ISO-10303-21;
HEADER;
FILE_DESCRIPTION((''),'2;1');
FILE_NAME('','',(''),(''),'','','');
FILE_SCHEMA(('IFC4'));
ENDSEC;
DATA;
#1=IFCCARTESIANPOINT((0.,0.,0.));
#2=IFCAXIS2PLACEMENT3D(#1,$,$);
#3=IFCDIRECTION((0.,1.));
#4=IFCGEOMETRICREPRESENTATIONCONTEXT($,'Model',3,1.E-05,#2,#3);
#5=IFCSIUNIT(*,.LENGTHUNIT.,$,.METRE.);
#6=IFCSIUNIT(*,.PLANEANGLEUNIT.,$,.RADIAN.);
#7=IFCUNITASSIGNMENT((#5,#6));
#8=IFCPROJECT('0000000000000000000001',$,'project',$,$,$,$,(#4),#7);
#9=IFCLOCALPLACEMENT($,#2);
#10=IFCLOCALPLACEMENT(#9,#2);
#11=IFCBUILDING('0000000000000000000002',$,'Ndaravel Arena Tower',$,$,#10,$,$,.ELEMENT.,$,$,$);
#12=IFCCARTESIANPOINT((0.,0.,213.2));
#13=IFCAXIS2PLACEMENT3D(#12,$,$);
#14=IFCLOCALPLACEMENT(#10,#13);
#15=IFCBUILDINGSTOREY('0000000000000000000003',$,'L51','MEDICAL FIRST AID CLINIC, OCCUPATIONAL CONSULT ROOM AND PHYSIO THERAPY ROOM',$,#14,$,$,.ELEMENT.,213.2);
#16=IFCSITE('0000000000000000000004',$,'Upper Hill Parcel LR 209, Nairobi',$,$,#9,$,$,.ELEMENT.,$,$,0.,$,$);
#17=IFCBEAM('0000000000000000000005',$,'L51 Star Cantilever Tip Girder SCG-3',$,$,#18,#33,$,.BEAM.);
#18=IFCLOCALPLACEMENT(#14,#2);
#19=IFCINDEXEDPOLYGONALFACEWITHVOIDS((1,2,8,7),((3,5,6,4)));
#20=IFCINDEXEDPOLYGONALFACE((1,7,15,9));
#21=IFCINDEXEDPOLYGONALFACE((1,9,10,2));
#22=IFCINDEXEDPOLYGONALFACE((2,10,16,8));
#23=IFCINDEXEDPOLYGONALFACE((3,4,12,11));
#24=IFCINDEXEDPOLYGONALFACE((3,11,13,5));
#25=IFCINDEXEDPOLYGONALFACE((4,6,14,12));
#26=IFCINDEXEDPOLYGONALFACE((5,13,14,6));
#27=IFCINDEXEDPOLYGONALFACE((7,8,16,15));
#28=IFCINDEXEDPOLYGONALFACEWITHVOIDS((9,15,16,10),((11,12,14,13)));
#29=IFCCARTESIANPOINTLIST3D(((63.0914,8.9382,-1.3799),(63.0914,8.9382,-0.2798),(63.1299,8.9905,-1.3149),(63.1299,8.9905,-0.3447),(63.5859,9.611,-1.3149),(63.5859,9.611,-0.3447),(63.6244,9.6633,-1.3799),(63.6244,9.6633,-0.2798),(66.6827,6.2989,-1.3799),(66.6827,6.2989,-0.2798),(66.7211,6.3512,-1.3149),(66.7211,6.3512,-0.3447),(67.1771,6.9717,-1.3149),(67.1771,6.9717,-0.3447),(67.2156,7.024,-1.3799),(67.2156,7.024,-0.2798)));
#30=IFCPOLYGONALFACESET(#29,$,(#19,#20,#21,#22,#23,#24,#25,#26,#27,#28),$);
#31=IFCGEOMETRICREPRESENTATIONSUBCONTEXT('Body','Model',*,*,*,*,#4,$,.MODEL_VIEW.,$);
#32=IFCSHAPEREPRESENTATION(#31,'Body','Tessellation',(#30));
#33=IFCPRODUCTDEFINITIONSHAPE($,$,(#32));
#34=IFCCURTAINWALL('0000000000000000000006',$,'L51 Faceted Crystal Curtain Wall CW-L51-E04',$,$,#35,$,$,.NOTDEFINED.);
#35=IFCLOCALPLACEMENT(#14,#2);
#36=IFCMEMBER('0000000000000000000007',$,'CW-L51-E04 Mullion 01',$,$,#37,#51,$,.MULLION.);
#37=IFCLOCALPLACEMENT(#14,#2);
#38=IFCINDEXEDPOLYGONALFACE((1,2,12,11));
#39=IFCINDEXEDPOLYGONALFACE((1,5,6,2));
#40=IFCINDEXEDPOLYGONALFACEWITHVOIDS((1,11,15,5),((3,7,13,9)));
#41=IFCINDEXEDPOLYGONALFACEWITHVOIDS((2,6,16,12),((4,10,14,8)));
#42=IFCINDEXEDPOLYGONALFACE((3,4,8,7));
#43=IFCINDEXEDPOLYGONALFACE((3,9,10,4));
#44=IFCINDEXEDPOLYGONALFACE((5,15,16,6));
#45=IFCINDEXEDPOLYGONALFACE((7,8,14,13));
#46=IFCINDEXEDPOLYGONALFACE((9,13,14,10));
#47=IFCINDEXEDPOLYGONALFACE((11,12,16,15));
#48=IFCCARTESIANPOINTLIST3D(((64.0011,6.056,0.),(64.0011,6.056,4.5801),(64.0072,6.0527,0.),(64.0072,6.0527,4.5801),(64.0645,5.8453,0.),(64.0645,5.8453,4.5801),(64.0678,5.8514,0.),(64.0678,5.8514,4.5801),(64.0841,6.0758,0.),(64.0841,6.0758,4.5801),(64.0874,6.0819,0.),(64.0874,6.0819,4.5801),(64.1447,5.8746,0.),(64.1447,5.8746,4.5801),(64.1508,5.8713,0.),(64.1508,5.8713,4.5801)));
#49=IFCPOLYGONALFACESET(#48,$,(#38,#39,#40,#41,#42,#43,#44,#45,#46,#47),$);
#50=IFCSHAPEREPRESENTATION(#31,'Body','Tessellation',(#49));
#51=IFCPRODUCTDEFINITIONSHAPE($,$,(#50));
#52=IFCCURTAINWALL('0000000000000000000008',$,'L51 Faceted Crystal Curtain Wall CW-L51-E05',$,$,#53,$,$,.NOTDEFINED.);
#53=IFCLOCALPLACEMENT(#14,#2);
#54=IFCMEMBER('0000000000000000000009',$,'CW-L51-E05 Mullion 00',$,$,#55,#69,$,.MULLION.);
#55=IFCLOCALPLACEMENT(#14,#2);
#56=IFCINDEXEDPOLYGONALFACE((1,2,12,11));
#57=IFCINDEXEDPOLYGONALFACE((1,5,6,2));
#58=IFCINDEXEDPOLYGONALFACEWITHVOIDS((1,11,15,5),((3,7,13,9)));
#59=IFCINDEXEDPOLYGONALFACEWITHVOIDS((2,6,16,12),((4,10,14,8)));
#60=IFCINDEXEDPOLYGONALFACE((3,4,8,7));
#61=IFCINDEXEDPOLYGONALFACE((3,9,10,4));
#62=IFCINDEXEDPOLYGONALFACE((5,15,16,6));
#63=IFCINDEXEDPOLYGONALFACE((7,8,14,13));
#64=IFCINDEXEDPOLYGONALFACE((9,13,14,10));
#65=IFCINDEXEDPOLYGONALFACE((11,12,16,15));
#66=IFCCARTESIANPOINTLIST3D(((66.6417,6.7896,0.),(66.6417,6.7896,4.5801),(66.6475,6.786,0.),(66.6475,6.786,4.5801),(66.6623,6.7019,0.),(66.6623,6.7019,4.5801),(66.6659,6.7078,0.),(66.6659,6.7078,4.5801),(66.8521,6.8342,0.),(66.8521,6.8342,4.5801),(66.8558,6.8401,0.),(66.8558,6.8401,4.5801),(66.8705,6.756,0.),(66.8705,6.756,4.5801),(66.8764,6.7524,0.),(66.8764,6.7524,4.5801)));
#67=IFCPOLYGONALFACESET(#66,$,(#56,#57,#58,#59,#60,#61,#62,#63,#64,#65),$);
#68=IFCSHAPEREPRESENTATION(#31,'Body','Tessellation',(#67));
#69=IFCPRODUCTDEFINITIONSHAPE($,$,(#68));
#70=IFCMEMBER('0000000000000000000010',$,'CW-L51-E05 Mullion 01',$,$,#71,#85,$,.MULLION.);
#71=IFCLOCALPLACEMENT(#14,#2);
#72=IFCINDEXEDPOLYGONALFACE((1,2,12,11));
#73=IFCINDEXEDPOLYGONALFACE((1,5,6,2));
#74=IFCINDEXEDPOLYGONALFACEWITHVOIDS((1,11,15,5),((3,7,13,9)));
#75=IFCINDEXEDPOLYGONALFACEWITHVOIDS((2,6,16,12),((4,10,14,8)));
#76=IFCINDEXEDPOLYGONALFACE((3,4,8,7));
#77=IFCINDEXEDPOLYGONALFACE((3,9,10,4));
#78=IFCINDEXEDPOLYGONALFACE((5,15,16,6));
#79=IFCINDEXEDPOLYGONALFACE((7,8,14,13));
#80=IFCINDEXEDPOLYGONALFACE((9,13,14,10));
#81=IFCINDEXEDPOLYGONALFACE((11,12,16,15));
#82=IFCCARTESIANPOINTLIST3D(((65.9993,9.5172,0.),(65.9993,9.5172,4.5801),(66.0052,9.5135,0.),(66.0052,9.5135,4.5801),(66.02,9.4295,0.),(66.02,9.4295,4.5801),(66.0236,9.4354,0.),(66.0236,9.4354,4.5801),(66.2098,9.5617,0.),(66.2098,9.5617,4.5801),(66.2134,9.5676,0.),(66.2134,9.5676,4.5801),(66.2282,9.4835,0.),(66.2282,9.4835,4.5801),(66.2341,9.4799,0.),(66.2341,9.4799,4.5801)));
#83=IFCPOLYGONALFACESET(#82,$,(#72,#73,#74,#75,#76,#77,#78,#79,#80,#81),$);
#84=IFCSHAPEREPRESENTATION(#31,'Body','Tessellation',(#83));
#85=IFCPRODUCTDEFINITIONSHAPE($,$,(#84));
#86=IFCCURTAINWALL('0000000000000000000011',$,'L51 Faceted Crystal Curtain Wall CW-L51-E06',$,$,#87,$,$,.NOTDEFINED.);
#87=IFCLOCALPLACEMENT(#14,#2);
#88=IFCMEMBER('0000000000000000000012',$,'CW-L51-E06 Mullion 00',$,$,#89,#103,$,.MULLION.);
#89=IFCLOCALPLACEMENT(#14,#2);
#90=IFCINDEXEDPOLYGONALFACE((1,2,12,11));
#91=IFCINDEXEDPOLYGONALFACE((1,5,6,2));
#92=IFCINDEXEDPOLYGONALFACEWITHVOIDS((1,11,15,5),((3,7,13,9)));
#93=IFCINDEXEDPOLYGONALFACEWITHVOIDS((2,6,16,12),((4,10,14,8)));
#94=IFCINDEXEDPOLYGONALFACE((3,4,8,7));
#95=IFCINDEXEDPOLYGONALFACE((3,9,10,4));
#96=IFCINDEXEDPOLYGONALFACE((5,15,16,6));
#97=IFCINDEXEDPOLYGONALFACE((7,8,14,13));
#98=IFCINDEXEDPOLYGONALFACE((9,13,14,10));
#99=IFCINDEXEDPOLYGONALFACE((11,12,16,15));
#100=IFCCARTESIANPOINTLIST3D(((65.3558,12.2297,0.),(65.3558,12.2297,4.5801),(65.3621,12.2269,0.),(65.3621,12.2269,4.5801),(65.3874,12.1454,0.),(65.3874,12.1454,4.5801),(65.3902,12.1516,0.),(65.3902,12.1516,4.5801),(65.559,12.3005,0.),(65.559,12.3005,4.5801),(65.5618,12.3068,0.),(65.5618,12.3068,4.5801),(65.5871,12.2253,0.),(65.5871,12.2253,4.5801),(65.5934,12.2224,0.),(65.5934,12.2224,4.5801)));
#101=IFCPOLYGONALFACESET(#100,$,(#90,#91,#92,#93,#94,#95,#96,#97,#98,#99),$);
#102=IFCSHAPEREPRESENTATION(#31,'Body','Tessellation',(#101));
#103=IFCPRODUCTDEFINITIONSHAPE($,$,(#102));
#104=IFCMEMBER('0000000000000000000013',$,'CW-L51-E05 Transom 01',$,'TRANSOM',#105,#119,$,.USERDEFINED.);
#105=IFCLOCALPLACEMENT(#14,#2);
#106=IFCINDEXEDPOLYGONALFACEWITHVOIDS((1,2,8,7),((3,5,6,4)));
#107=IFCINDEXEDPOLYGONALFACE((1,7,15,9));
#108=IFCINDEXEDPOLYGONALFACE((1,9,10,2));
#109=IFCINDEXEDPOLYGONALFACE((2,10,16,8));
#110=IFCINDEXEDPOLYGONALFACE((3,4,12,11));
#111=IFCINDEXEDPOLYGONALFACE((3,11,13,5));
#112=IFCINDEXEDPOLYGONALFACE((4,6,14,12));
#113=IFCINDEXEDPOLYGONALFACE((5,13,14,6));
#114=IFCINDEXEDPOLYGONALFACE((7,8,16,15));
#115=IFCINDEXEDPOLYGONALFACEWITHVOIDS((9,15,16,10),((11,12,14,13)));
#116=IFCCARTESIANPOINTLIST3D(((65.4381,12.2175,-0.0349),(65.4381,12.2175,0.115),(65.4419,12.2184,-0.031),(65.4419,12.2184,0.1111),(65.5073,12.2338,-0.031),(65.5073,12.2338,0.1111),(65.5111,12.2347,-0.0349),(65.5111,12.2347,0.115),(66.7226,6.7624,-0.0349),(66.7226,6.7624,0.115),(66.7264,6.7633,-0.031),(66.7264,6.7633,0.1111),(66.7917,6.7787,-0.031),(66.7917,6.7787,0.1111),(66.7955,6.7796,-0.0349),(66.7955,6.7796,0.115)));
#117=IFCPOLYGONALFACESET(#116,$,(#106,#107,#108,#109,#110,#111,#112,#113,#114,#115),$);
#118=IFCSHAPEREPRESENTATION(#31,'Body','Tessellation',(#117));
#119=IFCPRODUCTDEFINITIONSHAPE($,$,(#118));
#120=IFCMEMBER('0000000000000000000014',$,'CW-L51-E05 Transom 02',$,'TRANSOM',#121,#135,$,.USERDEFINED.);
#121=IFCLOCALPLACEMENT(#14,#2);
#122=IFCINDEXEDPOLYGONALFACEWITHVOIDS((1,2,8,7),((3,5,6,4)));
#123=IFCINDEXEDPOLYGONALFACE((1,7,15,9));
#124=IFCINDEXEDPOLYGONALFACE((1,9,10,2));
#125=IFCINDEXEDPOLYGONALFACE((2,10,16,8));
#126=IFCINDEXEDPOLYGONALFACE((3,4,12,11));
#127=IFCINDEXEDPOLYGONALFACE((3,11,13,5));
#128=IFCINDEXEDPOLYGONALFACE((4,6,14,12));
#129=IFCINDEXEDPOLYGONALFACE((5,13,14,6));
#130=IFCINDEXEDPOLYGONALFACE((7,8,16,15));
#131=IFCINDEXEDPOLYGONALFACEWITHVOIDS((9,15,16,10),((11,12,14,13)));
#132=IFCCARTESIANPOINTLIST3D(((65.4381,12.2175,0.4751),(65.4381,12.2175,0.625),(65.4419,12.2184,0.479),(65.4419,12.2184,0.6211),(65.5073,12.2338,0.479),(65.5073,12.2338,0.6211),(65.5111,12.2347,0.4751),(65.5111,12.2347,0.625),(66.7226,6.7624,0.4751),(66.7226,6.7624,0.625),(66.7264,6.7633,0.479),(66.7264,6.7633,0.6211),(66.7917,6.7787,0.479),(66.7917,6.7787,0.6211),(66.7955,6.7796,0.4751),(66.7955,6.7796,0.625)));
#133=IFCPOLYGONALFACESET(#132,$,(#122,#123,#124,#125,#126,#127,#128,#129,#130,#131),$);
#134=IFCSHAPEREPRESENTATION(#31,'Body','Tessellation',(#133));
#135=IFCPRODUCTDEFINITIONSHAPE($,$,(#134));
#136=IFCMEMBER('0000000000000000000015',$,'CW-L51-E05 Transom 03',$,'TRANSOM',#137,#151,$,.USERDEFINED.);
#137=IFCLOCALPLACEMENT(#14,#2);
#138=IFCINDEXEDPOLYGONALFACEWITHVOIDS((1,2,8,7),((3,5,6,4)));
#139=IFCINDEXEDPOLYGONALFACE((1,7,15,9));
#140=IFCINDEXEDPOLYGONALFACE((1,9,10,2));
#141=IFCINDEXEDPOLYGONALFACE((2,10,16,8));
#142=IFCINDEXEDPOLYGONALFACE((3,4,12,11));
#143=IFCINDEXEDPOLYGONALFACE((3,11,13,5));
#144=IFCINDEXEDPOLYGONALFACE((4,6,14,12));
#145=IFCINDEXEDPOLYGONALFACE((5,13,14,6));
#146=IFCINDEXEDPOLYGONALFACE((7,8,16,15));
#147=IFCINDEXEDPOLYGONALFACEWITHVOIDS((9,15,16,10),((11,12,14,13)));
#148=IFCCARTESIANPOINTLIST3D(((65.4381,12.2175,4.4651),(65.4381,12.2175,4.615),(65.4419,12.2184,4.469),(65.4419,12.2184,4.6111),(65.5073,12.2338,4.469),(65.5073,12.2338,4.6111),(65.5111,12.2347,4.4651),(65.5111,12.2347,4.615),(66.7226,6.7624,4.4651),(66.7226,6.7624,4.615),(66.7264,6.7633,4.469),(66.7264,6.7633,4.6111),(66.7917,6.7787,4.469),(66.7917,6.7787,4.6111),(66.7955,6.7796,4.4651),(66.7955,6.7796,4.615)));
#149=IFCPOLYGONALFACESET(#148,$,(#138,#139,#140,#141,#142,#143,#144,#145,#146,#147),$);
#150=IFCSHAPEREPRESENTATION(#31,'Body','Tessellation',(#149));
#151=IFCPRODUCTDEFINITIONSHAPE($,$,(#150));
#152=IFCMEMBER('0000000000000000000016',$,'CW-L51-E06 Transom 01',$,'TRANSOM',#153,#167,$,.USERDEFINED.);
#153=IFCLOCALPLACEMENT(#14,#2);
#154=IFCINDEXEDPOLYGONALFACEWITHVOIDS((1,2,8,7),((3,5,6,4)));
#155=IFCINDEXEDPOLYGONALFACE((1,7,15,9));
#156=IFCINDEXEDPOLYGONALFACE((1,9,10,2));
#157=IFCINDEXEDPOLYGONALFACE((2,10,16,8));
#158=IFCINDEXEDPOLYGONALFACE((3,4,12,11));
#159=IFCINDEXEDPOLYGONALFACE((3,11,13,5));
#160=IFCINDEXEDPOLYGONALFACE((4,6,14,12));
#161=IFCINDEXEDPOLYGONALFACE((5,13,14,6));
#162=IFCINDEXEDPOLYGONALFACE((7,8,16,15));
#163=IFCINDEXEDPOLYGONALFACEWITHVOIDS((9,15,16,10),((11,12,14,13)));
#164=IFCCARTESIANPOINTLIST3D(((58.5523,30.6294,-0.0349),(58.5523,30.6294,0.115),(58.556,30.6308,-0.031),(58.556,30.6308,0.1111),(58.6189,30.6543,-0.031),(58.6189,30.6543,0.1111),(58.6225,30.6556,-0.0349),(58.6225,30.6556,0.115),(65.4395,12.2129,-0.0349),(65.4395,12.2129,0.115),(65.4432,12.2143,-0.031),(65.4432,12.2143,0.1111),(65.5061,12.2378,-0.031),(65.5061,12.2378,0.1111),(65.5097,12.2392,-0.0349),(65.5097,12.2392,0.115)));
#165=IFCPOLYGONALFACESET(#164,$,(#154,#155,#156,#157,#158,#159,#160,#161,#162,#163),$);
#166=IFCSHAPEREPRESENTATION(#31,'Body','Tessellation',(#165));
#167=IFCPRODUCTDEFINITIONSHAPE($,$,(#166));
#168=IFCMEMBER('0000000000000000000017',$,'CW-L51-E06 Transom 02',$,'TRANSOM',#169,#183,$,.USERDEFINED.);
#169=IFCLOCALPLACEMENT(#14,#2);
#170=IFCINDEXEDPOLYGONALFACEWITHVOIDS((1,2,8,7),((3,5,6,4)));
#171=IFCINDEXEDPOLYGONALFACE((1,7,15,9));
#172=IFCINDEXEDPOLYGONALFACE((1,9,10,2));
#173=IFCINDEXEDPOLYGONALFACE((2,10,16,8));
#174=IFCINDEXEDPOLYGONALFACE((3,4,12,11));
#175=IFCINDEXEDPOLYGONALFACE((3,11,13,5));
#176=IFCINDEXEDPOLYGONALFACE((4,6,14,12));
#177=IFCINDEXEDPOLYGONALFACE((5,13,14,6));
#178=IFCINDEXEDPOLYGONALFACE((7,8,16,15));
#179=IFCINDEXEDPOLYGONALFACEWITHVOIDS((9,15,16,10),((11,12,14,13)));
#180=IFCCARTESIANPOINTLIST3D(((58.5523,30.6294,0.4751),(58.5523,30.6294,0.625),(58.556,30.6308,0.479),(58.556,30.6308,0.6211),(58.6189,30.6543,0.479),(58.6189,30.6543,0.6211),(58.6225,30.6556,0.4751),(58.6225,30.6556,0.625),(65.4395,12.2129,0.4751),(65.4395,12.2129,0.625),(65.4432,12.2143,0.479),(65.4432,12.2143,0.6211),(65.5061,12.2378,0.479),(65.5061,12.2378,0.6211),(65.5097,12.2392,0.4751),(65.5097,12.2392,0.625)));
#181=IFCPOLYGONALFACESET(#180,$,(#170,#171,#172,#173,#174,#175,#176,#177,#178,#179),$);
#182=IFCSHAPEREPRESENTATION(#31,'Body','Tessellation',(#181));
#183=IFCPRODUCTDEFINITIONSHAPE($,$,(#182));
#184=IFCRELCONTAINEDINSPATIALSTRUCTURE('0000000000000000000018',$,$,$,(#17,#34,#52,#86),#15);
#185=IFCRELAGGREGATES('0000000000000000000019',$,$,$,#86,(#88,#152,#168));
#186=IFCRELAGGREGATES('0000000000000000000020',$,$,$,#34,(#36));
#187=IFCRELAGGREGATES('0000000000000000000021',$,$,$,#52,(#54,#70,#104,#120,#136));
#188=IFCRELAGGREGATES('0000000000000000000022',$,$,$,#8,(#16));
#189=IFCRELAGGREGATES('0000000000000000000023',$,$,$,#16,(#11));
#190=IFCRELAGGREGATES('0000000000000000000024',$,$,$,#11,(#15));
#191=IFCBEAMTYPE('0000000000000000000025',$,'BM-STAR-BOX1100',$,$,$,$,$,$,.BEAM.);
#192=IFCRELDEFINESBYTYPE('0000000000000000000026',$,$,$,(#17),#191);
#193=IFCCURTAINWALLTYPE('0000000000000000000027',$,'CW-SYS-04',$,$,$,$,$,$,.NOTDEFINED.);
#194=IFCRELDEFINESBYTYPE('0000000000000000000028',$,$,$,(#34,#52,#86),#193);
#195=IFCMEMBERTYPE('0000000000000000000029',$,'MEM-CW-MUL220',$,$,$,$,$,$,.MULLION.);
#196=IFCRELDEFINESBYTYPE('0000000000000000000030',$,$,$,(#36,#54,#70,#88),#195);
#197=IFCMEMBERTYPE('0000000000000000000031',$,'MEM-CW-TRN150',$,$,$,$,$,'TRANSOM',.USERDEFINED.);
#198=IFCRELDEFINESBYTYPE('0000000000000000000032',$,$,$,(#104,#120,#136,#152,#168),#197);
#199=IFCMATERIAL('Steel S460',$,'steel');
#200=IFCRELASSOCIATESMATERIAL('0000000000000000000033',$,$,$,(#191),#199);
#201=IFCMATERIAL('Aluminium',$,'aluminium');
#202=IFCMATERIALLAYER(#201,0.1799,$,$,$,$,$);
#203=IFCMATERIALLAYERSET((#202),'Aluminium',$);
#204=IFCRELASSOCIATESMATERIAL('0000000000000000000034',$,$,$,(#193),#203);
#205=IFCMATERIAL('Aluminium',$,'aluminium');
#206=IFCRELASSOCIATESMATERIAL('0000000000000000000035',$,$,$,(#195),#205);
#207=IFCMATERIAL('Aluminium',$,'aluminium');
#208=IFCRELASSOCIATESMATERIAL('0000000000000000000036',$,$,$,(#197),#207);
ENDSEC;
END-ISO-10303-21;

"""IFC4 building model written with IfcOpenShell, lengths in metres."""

from ifc_helpers import new_model, si_unit, direction, frame, origin, origin_2d, place, context, subcontext, project, spatial, hollow_rectangle, extrude, material, layer, layer_set, material_profile, profile_set, type_object, element, aggregate, save


model = new_model("IFC4")

# Units and contexts
model_context = context("Model", 3, precision=1e-05, world=origin(), true_north=direction((0.0, 1.0)))
body_context = subcontext(model_context, "Body", "Model", "MODEL_VIEW")
ifc_project = project(units=[si_unit("LENGTHUNIT", "METRE"), si_unit("PLANEANGLEUNIT", "RADIAN")], contexts=[model_context])

# Site, building, storey
site_placement = place(None, origin())
site = spatial("IfcSite", under=ifc_project, at=site_placement, Name="Upper Hill Parcel LR 209, Nairobi", CompositionType="ELEMENT", RefElevation=0.0)
building_placement = place(site_placement, origin())
building = spatial("IfcBuilding", under=site, at=building_placement, Name="Ndaravel Arena Tower", CompositionType="ELEMENT")
storey_placement = place(building_placement, frame((0.0, 0.0, 213.2)))
storey = spatial("IfcBuildingStorey", under=building, at=storey_placement, Name="L51", Description="MEDICAL FIRST AID CLINIC, OCCUPATIONAL CONSULT ROOM AND PHYSIO THERAPY ROOM", CompositionType="ELEMENT", Elevation=213.2)

# Beam
ifc_material_1 = material(Name="Steel S460", Category="steel")
ifc_material_profile_1 = material_profile(ifc_material_1, hollow_rectangle(XDim=0.8999, YDim=1.1001, WallThickness=0.0649, at=origin_2d()), Name="BOX 1100x900x65")
ifc_profile_set_1 = profile_set([ifc_material_profile_1], Name="Steel S460")
beam_type_1 = type_object("IfcBeamType", Name="BM-STAR-BOX1100", PredefinedType="BEAM", material=ifc_profile_set_1)
beam_1_placement = place(storey_placement, frame((63.3579, 9.3008, -0.8298), z_axis=(0.805786, -0.592206, 0.0), x_axis=(0.592206, 0.805786, 0.0)))
element("IfcBeam", 1, at=beam_1_placement, inside=storey, type_object=beam_type_1, Name="L51 Star Cantilever Tip Girder SCG-3", PredefinedType="BEAM", context=body_context, shape_type="SweptSolid", body=[
    extrude(hollow_rectangle(XDim=0.8999, YDim=1.1001, WallThickness=0.0649, at=origin_2d()), origin(), (0.0, 0.0, 1.0), 4.4568),
])

# Curtain wall, member
ifc_material_2 = material(Name="Aluminium", Category="aluminium")
ifc_layer_1 = layer(ifc_material_2, 0.1799)
ifc_layer_set_1 = layer_set([ifc_layer_1], Name="Aluminium")
curtain_wall_type = type_object("IfcCurtainWallType", Name="CW-SYS-04", PredefinedType="NOTDEFINED", material=ifc_layer_set_1)
curtain_wall_1_placement = place(storey_placement, origin())
curtain_wall_1 = element("IfcCurtainWall", 2, at=curtain_wall_1_placement, inside=storey, type_object=curtain_wall_type, Name="L51 Faceted Crystal Curtain Wall CW-L51-E04", PredefinedType="NOTDEFINED")
ifc_material_3 = material(Name="Aluminium", Category="aluminium")
ifc_material_profile_2 = material_profile(ifc_material_3, hollow_rectangle(XDim=0.0901, YDim=0.22, WallThickness=0.0049, at=origin_2d()), Name="CW MULLION 90x220x5")
ifc_profile_set_2 = profile_set([ifc_material_profile_2], Name="Aluminium")
member_type_1 = type_object("IfcMemberType", Name="MEM-CW-MUL220", PredefinedType="MULLION", material=ifc_profile_set_2)
member_1_placement = place(storey_placement, frame((64.0759, 5.9636, 0.0), z_axis=(0.0, 0.0, 1.0), x_axis=(0.957576, 0.28818, 0.0)))
member_1 = element("IfcMember", 3, at=member_1_placement, type_object=member_type_1, Name="CW-L51-E04 Mullion 01", PredefinedType="MULLION", context=body_context, shape_type="SweptSolid", body=[
    extrude(hollow_rectangle(XDim=0.0901, YDim=0.22, WallThickness=0.0049, at=origin_2d()), origin(), (0.0, 0.0, 1.0), 4.5801),
])

# Curtain wall, members
curtain_wall_2_placement = place(storey_placement, origin())
curtain_wall_2 = element("IfcCurtainWall", 4, at=curtain_wall_2_placement, inside=storey, type_object=curtain_wall_type, Name="L51 Faceted Crystal Curtain Wall CW-L51-E05", PredefinedType="NOTDEFINED")
member_2_placement = place(storey_placement, frame((66.759, 6.771, 0.0), z_axis=(0.0, 0.0, 1.0), x_axis=(-0.229217, 0.973375, 0.0)))
member_2 = element("IfcMember", 5, at=member_2_placement, type_object=member_type_1, Name="CW-L51-E05 Mullion 00", PredefinedType="MULLION", context=body_context, shape_type="SweptSolid", body=[
    extrude(hollow_rectangle(XDim=0.0901, YDim=0.22, WallThickness=0.0049, at=origin_2d()), origin(), (0.0, 0.0, 1.0), 4.5801),
])
member_3_placement = place(storey_placement, frame((66.1167, 9.4985, 0.0), z_axis=(0.0, 0.0, 1.0), x_axis=(-0.229217, 0.973375, 0.0)))
member_3 = element("IfcMember", 6, at=member_3_placement, type_object=member_type_1, Name="CW-L51-E05 Mullion 01", PredefinedType="MULLION", context=body_context, shape_type="SweptSolid", body=[
    extrude(hollow_rectangle(XDim=0.0901, YDim=0.22, WallThickness=0.0049, at=origin_2d()), origin(), (0.0, 0.0, 1.0), 4.5801),
])

# Curtain wall, member
curtain_wall_3_placement = place(storey_placement, origin())
curtain_wall_3 = element("IfcCurtainWall", 7, at=curtain_wall_3_placement, inside=storey, type_object=curtain_wall_type, Name="L51 Faceted Crystal Curtain Wall CW-L51-E06", PredefinedType="NOTDEFINED")
member_4_placement = place(storey_placement, frame((65.4746, 12.2261, 0.0), z_axis=(0.0, 0.0, 1.0), x_axis=(-0.350273, 0.936648, 0.0)))
member_4 = element("IfcMember", 8, at=member_4_placement, type_object=member_type_1, Name="CW-L51-E06 Mullion 00", PredefinedType="MULLION", context=body_context, shape_type="SweptSolid", body=[
    extrude(hollow_rectangle(XDim=0.0901, YDim=0.22, WallThickness=0.0049, at=origin_2d()), origin(), (0.0, 0.0, 1.0), 4.5801),
])

# Members
ifc_material_4 = material(Name="Aluminium", Category="aluminium")
ifc_material_profile_3 = material_profile(ifc_material_4, hollow_rectangle(XDim=0.075, YDim=0.1499, WallThickness=0.0039, at=origin_2d()), Name="CW TRANSOM 75x150x4")
ifc_profile_set_3 = profile_set([ifc_material_profile_3], Name="Aluminium")
member_type_2 = type_object("IfcMemberType", Name="MEM-CW-TRN150", ElementType="TRANSOM", PredefinedType="USERDEFINED", material=ifc_profile_set_3)
member_5_placement = place(storey_placement, frame((66.759, 6.771, 0.04), z_axis=(-0.229187, 0.973382, 0.0), x_axis=(-0.973382, -0.229187, 0.0)))
member_5 = element("IfcMember", 9, at=member_5_placement, type_object=member_type_2, Name="CW-L51-E05 Transom 01", ObjectType="TRANSOM", PredefinedType="USERDEFINED", context=body_context, shape_type="SweptSolid", body=[
    extrude(hollow_rectangle(XDim=0.075, YDim=0.1499, WallThickness=0.0039, at=origin_2d()), origin(), (0.0, 0.0, 1.0), 5.6042),
])
member_6_placement = place(storey_placement, frame((66.759, 6.771, 0.55), z_axis=(-0.229187, 0.973382, 0.0), x_axis=(-0.973382, -0.229187, 0.0)))
member_6 = element("IfcMember", 10, at=member_6_placement, type_object=member_type_2, Name="CW-L51-E05 Transom 02", ObjectType="TRANSOM", PredefinedType="USERDEFINED", context=body_context, shape_type="SweptSolid", body=[
    extrude(hollow_rectangle(XDim=0.075, YDim=0.1499, WallThickness=0.0039, at=origin_2d()), origin(), (0.0, 0.0, 1.0), 5.6042),
])
member_7_placement = place(storey_placement, frame((66.759, 6.771, 4.54), z_axis=(-0.229187, 0.973382, 0.0), x_axis=(-0.973382, -0.229187, 0.0)))
member_7 = element("IfcMember", 11, at=member_7_placement, type_object=member_type_2, Name="CW-L51-E05 Transom 03", ObjectType="TRANSOM", PredefinedType="USERDEFINED", context=body_context, shape_type="SweptSolid", body=[
    extrude(hollow_rectangle(XDim=0.075, YDim=0.1499, WallThickness=0.0039, at=origin_2d()), origin(), (0.0, 0.0, 1.0), 5.6042),
])
member_8_placement = place(storey_placement, frame((65.4746, 12.2261, 0.04), z_axis=(-0.350277, 0.936646, 0.0), x_axis=(-0.936646, -0.350277, 0.0)))
member_8 = element("IfcMember", 12, at=member_8_placement, type_object=member_type_2, Name="CW-L51-E06 Transom 01", ObjectType="TRANSOM", PredefinedType="USERDEFINED", context=body_context, shape_type="SweptSolid", body=[
    extrude(hollow_rectangle(XDim=0.075, YDim=0.1499, WallThickness=0.0039, at=origin_2d()), origin(), (0.0, 0.0, 1.0), 19.6621),
])
member_9_placement = place(storey_placement, frame((65.4746, 12.2261, 0.55), z_axis=(-0.350277, 0.936646, 0.0), x_axis=(-0.936646, -0.350277, 0.0)))
member_9 = element("IfcMember", 13, at=member_9_placement, type_object=member_type_2, Name="CW-L51-E06 Transom 02", ObjectType="TRANSOM", PredefinedType="USERDEFINED", context=body_context, shape_type="SweptSolid", body=[
    extrude(hollow_rectangle(XDim=0.075, YDim=0.1499, WallThickness=0.0039, at=origin_2d()), origin(), (0.0, 0.0, 1.0), 19.6621),
])
aggregate(curtain_wall_3, [member_4, member_8, member_9])

aggregate(curtain_wall_1, [member_1])
aggregate(curtain_wall_2, [member_2, member_3, member_5, member_6, member_7])

save(model, "model.ifc")
